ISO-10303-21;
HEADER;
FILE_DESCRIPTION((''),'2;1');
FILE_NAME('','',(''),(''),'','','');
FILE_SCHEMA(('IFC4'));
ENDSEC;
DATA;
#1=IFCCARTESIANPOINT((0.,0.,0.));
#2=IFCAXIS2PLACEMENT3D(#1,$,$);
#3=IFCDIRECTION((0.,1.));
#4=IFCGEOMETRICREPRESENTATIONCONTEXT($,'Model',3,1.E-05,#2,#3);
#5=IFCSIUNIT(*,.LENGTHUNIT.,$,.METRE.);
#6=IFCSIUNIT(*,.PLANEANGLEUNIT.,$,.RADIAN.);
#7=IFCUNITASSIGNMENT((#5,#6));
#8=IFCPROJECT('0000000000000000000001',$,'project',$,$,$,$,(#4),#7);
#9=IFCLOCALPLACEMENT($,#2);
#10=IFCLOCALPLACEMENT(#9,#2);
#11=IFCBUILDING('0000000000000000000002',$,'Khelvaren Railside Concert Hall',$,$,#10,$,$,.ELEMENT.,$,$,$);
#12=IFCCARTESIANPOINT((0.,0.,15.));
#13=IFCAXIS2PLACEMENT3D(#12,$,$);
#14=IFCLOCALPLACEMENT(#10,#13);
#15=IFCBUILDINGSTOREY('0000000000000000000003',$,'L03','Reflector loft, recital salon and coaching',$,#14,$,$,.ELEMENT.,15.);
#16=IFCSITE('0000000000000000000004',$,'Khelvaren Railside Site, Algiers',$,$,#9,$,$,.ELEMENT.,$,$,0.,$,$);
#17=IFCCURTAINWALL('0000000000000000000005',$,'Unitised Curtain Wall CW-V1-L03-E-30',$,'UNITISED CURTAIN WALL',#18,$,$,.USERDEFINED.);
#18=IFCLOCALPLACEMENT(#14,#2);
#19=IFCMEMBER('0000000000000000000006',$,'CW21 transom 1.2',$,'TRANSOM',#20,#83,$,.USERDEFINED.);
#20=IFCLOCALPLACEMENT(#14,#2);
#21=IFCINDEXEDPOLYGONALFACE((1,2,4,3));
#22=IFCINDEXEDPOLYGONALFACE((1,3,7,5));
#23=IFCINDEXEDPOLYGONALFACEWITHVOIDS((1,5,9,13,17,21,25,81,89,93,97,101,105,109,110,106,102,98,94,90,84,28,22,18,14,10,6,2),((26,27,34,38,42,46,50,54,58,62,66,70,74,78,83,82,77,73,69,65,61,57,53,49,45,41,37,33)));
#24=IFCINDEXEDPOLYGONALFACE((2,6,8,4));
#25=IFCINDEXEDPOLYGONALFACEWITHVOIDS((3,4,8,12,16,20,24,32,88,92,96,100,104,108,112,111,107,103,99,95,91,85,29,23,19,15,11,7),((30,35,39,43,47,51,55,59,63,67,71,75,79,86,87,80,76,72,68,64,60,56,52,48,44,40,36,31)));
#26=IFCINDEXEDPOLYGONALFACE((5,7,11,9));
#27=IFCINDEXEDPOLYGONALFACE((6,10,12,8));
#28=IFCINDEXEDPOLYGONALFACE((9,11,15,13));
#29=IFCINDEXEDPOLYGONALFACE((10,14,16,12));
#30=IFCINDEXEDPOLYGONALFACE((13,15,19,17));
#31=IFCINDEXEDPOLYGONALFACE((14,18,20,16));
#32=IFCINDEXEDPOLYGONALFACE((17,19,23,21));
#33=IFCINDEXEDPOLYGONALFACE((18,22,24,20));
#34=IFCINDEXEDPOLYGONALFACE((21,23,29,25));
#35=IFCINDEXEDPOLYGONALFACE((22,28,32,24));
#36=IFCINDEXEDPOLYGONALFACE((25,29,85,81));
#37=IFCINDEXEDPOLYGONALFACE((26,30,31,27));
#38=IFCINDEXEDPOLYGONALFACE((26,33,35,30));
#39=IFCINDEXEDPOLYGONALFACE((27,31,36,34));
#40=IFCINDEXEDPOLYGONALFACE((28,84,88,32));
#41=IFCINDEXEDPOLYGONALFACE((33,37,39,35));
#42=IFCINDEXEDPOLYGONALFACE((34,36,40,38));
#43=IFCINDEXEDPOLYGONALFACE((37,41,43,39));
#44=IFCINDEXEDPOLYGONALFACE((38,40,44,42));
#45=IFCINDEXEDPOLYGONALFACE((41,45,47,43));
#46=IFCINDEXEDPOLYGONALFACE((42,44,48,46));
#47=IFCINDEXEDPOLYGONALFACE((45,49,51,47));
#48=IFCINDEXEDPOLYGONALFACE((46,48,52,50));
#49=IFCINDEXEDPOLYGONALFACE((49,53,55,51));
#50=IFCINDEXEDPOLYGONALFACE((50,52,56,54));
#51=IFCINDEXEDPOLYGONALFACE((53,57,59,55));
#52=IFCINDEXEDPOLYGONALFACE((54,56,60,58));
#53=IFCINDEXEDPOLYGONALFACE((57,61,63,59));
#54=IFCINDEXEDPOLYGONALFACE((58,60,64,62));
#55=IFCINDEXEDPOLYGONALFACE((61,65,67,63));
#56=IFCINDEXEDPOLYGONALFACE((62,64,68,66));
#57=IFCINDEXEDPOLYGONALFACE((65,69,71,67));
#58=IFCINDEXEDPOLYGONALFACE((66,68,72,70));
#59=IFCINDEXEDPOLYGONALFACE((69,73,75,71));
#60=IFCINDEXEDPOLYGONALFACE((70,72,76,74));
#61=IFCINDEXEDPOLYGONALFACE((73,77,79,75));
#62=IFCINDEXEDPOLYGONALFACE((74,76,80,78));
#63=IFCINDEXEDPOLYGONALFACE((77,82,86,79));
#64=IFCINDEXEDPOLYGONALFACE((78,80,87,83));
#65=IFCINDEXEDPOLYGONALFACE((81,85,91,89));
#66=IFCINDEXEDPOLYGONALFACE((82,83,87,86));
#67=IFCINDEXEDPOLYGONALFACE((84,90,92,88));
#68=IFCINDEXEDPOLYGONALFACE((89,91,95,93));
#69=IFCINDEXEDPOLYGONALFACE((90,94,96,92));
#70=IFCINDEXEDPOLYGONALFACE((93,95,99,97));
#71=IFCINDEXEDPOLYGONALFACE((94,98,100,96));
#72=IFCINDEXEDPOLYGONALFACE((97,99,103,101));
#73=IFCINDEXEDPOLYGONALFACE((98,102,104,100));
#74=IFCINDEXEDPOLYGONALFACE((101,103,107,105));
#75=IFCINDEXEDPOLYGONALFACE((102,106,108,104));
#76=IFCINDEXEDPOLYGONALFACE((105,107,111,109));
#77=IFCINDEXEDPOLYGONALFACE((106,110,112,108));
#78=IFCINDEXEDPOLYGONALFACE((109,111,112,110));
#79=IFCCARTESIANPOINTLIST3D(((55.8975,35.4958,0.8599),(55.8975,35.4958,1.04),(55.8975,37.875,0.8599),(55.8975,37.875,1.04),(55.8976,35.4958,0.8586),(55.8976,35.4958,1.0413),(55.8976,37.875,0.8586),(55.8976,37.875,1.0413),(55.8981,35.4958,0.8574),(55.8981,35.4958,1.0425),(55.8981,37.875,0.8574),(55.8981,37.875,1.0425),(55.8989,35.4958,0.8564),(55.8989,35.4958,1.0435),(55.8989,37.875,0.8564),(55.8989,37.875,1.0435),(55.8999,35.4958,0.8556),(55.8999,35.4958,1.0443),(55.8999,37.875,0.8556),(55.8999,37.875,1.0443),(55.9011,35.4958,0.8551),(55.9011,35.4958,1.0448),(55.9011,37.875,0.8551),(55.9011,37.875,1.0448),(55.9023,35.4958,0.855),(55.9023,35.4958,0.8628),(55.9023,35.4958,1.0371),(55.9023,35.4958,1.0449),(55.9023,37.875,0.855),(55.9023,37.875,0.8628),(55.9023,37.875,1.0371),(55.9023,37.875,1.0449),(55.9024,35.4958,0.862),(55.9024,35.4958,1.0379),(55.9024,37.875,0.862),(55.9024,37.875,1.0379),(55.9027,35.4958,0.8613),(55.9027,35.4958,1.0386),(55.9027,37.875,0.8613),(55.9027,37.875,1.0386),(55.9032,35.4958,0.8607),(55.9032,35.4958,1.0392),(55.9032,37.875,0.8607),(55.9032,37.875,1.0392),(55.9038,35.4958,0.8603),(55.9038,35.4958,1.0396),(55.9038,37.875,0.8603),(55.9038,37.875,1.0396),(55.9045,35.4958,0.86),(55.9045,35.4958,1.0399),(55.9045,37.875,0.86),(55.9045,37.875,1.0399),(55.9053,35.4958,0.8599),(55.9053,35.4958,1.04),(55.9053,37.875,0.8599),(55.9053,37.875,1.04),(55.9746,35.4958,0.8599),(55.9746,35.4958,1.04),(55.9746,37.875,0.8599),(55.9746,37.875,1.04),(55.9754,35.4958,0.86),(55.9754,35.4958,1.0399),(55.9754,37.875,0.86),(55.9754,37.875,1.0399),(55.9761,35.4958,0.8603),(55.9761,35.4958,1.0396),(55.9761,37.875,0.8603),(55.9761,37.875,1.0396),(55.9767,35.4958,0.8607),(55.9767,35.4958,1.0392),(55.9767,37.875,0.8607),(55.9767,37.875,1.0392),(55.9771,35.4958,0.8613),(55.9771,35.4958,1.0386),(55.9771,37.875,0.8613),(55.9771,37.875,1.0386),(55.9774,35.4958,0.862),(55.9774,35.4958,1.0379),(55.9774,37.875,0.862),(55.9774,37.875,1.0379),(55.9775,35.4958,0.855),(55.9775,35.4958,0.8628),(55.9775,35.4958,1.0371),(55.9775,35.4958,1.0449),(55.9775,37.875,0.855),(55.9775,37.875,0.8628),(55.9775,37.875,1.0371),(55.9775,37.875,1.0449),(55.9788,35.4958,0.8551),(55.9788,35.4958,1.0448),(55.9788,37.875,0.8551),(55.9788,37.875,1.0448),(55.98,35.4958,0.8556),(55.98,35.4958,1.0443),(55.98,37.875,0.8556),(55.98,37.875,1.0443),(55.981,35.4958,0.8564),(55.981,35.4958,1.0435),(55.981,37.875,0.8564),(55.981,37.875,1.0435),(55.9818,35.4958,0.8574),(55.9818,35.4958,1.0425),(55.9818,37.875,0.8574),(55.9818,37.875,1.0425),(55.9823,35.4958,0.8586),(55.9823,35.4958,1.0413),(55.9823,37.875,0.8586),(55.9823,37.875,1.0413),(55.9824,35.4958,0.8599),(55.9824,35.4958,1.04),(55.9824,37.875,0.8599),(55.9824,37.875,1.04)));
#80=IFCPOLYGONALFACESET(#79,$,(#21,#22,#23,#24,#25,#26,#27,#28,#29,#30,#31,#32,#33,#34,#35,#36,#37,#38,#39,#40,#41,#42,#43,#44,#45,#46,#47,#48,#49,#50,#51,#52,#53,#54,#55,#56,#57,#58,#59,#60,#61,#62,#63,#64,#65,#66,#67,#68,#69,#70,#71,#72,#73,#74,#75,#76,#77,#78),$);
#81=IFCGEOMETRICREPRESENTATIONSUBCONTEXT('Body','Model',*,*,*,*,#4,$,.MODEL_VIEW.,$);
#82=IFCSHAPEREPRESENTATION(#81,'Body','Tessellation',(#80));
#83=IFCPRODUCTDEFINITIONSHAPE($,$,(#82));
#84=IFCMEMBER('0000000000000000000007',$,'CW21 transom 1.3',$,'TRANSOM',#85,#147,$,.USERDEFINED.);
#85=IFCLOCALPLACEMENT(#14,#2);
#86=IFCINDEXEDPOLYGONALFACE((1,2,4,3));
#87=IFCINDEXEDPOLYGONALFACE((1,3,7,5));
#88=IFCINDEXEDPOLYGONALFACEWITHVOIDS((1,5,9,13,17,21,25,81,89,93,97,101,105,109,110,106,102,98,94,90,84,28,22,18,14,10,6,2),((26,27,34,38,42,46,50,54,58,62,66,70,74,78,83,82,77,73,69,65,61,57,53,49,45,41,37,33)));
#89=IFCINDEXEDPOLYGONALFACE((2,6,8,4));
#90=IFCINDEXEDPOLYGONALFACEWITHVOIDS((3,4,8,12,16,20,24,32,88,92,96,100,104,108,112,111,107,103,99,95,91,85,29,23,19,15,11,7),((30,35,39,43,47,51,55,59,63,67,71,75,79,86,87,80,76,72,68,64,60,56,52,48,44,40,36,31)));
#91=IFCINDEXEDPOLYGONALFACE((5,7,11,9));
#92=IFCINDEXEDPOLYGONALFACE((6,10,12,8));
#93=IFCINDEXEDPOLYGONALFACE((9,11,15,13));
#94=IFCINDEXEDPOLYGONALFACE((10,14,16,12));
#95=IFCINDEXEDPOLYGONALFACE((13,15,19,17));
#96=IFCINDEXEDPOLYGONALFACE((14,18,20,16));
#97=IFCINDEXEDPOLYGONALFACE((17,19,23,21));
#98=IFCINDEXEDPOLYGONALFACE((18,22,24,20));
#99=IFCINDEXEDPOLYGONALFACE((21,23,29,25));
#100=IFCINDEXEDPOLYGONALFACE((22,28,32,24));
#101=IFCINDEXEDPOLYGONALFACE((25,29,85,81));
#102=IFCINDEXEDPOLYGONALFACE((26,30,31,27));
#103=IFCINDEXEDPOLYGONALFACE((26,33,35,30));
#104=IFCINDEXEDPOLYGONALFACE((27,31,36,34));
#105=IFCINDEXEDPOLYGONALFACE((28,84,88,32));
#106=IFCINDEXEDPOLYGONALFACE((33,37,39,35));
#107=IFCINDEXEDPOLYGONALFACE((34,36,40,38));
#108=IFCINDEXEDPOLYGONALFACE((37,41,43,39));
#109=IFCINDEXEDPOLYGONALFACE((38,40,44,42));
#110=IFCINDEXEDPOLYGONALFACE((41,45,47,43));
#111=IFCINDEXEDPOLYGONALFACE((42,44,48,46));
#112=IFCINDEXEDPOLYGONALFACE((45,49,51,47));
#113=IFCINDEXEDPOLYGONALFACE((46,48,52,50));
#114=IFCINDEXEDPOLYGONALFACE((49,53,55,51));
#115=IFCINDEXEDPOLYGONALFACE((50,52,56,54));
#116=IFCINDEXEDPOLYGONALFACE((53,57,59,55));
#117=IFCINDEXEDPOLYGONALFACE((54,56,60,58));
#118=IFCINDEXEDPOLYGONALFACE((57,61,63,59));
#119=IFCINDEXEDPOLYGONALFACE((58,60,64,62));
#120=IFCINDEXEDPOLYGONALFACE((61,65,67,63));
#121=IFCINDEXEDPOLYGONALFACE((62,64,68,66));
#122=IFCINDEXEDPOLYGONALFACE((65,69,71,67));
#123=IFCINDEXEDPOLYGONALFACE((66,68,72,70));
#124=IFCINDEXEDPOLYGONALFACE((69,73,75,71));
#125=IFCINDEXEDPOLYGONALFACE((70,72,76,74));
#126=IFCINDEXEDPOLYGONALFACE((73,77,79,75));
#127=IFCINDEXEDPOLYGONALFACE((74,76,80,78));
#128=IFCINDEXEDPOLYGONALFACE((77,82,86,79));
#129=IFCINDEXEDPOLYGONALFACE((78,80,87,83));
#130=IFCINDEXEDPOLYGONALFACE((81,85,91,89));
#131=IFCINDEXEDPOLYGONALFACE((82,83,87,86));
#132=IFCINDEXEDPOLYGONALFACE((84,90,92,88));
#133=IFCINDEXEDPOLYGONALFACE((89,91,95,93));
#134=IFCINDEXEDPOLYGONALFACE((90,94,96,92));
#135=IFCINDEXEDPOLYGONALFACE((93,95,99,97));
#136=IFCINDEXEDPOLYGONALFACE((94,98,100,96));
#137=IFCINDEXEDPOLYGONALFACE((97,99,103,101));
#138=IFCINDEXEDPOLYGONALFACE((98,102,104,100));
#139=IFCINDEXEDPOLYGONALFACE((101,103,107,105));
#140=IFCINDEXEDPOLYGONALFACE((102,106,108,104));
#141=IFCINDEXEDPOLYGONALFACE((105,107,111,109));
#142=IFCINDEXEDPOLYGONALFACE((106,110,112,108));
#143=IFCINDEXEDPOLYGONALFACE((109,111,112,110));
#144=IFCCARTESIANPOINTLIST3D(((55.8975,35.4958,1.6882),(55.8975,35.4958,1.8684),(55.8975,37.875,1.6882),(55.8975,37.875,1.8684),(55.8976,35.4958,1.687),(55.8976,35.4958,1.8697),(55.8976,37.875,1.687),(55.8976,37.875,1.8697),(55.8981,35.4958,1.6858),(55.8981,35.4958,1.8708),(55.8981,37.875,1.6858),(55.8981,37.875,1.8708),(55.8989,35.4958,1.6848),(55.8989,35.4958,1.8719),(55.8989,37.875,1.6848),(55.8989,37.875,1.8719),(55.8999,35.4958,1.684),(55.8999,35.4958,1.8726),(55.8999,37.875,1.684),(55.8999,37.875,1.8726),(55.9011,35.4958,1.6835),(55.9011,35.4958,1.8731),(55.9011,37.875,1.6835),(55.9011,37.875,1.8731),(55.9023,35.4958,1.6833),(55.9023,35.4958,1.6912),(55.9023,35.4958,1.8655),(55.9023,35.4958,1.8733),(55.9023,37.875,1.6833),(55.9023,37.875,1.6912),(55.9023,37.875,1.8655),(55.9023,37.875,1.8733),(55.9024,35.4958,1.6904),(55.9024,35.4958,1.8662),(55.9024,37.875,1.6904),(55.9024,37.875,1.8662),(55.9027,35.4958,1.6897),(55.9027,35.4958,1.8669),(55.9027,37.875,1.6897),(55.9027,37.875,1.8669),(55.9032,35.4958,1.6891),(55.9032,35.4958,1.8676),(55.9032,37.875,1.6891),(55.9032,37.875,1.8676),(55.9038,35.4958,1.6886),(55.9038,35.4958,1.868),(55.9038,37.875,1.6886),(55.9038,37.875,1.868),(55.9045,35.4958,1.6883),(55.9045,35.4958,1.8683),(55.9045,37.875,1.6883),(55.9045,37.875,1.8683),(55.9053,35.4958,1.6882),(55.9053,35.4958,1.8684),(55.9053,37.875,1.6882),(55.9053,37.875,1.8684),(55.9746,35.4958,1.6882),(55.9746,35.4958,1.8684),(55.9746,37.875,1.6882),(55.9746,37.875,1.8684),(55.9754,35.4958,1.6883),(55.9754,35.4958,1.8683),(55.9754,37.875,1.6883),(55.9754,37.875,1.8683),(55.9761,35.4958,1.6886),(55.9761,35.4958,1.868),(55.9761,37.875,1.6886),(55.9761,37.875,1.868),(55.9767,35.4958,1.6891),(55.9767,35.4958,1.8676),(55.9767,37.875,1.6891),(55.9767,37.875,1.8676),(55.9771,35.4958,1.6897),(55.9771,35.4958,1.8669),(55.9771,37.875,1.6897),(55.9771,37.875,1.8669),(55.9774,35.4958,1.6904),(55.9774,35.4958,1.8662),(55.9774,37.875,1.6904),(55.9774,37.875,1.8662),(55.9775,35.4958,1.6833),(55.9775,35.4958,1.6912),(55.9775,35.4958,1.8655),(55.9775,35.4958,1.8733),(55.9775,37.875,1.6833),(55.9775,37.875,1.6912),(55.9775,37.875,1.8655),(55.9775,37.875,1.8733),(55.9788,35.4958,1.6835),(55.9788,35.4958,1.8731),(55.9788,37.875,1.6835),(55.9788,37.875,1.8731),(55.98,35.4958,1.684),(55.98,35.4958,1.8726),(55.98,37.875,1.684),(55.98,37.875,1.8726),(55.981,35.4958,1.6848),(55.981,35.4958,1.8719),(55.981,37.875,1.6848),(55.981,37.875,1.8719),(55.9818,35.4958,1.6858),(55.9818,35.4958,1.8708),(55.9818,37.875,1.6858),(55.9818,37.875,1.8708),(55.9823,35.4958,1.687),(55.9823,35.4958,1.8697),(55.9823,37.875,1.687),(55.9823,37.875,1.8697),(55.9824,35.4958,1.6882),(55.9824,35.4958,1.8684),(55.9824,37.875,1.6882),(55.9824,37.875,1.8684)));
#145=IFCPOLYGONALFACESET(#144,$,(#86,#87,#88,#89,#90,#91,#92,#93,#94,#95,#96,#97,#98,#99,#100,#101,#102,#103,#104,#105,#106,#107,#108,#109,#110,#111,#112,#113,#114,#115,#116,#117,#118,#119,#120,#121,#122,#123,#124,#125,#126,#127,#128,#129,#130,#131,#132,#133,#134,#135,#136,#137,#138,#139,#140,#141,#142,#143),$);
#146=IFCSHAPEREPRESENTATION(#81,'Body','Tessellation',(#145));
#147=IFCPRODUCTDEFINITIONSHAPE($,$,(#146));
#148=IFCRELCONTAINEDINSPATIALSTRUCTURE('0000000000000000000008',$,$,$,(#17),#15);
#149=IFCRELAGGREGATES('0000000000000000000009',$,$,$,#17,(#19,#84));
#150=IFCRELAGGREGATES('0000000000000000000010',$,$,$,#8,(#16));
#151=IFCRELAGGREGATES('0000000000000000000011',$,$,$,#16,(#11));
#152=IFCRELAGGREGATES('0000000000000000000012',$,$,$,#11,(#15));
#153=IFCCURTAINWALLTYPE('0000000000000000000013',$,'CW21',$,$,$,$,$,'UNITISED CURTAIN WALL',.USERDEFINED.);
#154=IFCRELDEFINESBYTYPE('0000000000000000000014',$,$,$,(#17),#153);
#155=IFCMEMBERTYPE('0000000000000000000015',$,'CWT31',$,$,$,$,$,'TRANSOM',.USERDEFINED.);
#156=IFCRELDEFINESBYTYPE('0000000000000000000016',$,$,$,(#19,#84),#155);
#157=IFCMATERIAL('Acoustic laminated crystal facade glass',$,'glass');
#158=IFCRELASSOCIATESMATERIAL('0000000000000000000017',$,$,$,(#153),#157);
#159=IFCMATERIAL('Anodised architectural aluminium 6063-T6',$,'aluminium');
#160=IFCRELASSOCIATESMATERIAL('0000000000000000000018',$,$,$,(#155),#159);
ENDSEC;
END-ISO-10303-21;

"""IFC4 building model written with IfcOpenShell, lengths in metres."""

from ifc_helpers import new_model, si_unit, direction, frame, origin, origin_2d, place, context, subcontext, project, spatial, hollow_rectangle, extrude, material, material_profile, profile_set, type_object, element, aggregate, save


model = new_model("IFC4")

# Units and contexts
model_context = context("Model", 3, precision=1e-05, world=origin(), true_north=direction((0.0, 1.0)))
body_context = subcontext(model_context, "Body", "Model", "MODEL_VIEW")
ifc_project = project(units=[si_unit("LENGTHUNIT", "METRE"), si_unit("PLANEANGLEUNIT", "RADIAN")], contexts=[model_context])

# Site, building, storey
site_placement = place(None, origin())
site = spatial("IfcSite", under=ifc_project, at=site_placement, Name="Khelvaren Railside Site, Algiers", CompositionType="ELEMENT", RefElevation=0.0)
building_placement = place(site_placement, origin())
building = spatial("IfcBuilding", under=site, at=building_placement, Name="Khelvaren Railside Concert Hall", CompositionType="ELEMENT")
storey_placement = place(building_placement, frame((0.0, 0.0, 15.0)))
storey = spatial("IfcBuildingStorey", under=building, at=storey_placement, Name="L03", Description="Reflector loft, recital salon and coaching", CompositionType="ELEMENT", Elevation=15.0)

# Curtain wall
ifc_material_1 = material(Name="Acoustic laminated crystal facade glass", Category="glass")
curtain_wall_type_1 = type_object("IfcCurtainWallType", Name="CW21", ElementType="UNITISED CURTAIN WALL", PredefinedType="USERDEFINED", material=ifc_material_1)
curtain_wall_1_placement = place(storey_placement, origin())
curtain_wall_1 = element("IfcCurtainWall", 1, at=curtain_wall_1_placement, inside=storey, type_object=curtain_wall_type_1, Name="Unitised Curtain Wall CW-V1-L03-E-30", ObjectType="UNITISED CURTAIN WALL", PredefinedType="USERDEFINED")
ifc_material_2 = material(Name="Anodised architectural aluminium 6063-T6", Category="aluminium")

# Members
ifc_material_profile_1 = material_profile(ifc_material_2, hollow_rectangle(XDim=0.085, YDim=0.1899, WallThickness=0.0049, InnerFilletRadius=0.0029, OuterFilletRadius=0.0049, at=origin_2d()), Name="CWT 85x190x5")
ifc_profile_set_1 = profile_set([ifc_material_profile_1], Name="Anodised architectural aluminium 6063-T6")
member_type_1 = type_object("IfcMemberType", Name="CWT31", ElementType="TRANSOM", PredefinedType="USERDEFINED", material=ifc_profile_set_1)
member_1_placement = place(storey_placement, frame((55.9399, 37.875, 0.95), z_axis=(0.0, -1.0, 0.0), x_axis=(1.0, 0.0, 0.0)))
member_1 = element("IfcMember", 2, at=member_1_placement, type_object=member_type_1, Name="CW21 transom 1.2", ObjectType="TRANSOM", PredefinedType="USERDEFINED", context=body_context, shape_type="SweptSolid", body=[
    extrude(hollow_rectangle(XDim=0.085, YDim=0.1899, WallThickness=0.0049, InnerFilletRadius=0.0029, OuterFilletRadius=0.0049, at=origin_2d()), origin(), (0.0, 0.0, 1.0), 2.3792),
])
member_2_placement = place(storey_placement, frame((55.9399, 37.875, 1.7783), z_axis=(0.0, -1.0, 0.0), x_axis=(1.0, 0.0, 0.0)))
member_2 = element("IfcMember", 3, at=member_2_placement, type_object=member_type_1, Name="CW21 transom 1.3", ObjectType="TRANSOM", PredefinedType="USERDEFINED", context=body_context, shape_type="SweptSolid", body=[
    extrude(hollow_rectangle(XDim=0.085, YDim=0.1899, WallThickness=0.0049, InnerFilletRadius=0.0029, OuterFilletRadius=0.0049, at=origin_2d()), origin(), (0.0, 0.0, 1.0), 2.3792),
])

aggregate(curtain_wall_1, [member_1, member_2])

save(model, "model.ifc")
